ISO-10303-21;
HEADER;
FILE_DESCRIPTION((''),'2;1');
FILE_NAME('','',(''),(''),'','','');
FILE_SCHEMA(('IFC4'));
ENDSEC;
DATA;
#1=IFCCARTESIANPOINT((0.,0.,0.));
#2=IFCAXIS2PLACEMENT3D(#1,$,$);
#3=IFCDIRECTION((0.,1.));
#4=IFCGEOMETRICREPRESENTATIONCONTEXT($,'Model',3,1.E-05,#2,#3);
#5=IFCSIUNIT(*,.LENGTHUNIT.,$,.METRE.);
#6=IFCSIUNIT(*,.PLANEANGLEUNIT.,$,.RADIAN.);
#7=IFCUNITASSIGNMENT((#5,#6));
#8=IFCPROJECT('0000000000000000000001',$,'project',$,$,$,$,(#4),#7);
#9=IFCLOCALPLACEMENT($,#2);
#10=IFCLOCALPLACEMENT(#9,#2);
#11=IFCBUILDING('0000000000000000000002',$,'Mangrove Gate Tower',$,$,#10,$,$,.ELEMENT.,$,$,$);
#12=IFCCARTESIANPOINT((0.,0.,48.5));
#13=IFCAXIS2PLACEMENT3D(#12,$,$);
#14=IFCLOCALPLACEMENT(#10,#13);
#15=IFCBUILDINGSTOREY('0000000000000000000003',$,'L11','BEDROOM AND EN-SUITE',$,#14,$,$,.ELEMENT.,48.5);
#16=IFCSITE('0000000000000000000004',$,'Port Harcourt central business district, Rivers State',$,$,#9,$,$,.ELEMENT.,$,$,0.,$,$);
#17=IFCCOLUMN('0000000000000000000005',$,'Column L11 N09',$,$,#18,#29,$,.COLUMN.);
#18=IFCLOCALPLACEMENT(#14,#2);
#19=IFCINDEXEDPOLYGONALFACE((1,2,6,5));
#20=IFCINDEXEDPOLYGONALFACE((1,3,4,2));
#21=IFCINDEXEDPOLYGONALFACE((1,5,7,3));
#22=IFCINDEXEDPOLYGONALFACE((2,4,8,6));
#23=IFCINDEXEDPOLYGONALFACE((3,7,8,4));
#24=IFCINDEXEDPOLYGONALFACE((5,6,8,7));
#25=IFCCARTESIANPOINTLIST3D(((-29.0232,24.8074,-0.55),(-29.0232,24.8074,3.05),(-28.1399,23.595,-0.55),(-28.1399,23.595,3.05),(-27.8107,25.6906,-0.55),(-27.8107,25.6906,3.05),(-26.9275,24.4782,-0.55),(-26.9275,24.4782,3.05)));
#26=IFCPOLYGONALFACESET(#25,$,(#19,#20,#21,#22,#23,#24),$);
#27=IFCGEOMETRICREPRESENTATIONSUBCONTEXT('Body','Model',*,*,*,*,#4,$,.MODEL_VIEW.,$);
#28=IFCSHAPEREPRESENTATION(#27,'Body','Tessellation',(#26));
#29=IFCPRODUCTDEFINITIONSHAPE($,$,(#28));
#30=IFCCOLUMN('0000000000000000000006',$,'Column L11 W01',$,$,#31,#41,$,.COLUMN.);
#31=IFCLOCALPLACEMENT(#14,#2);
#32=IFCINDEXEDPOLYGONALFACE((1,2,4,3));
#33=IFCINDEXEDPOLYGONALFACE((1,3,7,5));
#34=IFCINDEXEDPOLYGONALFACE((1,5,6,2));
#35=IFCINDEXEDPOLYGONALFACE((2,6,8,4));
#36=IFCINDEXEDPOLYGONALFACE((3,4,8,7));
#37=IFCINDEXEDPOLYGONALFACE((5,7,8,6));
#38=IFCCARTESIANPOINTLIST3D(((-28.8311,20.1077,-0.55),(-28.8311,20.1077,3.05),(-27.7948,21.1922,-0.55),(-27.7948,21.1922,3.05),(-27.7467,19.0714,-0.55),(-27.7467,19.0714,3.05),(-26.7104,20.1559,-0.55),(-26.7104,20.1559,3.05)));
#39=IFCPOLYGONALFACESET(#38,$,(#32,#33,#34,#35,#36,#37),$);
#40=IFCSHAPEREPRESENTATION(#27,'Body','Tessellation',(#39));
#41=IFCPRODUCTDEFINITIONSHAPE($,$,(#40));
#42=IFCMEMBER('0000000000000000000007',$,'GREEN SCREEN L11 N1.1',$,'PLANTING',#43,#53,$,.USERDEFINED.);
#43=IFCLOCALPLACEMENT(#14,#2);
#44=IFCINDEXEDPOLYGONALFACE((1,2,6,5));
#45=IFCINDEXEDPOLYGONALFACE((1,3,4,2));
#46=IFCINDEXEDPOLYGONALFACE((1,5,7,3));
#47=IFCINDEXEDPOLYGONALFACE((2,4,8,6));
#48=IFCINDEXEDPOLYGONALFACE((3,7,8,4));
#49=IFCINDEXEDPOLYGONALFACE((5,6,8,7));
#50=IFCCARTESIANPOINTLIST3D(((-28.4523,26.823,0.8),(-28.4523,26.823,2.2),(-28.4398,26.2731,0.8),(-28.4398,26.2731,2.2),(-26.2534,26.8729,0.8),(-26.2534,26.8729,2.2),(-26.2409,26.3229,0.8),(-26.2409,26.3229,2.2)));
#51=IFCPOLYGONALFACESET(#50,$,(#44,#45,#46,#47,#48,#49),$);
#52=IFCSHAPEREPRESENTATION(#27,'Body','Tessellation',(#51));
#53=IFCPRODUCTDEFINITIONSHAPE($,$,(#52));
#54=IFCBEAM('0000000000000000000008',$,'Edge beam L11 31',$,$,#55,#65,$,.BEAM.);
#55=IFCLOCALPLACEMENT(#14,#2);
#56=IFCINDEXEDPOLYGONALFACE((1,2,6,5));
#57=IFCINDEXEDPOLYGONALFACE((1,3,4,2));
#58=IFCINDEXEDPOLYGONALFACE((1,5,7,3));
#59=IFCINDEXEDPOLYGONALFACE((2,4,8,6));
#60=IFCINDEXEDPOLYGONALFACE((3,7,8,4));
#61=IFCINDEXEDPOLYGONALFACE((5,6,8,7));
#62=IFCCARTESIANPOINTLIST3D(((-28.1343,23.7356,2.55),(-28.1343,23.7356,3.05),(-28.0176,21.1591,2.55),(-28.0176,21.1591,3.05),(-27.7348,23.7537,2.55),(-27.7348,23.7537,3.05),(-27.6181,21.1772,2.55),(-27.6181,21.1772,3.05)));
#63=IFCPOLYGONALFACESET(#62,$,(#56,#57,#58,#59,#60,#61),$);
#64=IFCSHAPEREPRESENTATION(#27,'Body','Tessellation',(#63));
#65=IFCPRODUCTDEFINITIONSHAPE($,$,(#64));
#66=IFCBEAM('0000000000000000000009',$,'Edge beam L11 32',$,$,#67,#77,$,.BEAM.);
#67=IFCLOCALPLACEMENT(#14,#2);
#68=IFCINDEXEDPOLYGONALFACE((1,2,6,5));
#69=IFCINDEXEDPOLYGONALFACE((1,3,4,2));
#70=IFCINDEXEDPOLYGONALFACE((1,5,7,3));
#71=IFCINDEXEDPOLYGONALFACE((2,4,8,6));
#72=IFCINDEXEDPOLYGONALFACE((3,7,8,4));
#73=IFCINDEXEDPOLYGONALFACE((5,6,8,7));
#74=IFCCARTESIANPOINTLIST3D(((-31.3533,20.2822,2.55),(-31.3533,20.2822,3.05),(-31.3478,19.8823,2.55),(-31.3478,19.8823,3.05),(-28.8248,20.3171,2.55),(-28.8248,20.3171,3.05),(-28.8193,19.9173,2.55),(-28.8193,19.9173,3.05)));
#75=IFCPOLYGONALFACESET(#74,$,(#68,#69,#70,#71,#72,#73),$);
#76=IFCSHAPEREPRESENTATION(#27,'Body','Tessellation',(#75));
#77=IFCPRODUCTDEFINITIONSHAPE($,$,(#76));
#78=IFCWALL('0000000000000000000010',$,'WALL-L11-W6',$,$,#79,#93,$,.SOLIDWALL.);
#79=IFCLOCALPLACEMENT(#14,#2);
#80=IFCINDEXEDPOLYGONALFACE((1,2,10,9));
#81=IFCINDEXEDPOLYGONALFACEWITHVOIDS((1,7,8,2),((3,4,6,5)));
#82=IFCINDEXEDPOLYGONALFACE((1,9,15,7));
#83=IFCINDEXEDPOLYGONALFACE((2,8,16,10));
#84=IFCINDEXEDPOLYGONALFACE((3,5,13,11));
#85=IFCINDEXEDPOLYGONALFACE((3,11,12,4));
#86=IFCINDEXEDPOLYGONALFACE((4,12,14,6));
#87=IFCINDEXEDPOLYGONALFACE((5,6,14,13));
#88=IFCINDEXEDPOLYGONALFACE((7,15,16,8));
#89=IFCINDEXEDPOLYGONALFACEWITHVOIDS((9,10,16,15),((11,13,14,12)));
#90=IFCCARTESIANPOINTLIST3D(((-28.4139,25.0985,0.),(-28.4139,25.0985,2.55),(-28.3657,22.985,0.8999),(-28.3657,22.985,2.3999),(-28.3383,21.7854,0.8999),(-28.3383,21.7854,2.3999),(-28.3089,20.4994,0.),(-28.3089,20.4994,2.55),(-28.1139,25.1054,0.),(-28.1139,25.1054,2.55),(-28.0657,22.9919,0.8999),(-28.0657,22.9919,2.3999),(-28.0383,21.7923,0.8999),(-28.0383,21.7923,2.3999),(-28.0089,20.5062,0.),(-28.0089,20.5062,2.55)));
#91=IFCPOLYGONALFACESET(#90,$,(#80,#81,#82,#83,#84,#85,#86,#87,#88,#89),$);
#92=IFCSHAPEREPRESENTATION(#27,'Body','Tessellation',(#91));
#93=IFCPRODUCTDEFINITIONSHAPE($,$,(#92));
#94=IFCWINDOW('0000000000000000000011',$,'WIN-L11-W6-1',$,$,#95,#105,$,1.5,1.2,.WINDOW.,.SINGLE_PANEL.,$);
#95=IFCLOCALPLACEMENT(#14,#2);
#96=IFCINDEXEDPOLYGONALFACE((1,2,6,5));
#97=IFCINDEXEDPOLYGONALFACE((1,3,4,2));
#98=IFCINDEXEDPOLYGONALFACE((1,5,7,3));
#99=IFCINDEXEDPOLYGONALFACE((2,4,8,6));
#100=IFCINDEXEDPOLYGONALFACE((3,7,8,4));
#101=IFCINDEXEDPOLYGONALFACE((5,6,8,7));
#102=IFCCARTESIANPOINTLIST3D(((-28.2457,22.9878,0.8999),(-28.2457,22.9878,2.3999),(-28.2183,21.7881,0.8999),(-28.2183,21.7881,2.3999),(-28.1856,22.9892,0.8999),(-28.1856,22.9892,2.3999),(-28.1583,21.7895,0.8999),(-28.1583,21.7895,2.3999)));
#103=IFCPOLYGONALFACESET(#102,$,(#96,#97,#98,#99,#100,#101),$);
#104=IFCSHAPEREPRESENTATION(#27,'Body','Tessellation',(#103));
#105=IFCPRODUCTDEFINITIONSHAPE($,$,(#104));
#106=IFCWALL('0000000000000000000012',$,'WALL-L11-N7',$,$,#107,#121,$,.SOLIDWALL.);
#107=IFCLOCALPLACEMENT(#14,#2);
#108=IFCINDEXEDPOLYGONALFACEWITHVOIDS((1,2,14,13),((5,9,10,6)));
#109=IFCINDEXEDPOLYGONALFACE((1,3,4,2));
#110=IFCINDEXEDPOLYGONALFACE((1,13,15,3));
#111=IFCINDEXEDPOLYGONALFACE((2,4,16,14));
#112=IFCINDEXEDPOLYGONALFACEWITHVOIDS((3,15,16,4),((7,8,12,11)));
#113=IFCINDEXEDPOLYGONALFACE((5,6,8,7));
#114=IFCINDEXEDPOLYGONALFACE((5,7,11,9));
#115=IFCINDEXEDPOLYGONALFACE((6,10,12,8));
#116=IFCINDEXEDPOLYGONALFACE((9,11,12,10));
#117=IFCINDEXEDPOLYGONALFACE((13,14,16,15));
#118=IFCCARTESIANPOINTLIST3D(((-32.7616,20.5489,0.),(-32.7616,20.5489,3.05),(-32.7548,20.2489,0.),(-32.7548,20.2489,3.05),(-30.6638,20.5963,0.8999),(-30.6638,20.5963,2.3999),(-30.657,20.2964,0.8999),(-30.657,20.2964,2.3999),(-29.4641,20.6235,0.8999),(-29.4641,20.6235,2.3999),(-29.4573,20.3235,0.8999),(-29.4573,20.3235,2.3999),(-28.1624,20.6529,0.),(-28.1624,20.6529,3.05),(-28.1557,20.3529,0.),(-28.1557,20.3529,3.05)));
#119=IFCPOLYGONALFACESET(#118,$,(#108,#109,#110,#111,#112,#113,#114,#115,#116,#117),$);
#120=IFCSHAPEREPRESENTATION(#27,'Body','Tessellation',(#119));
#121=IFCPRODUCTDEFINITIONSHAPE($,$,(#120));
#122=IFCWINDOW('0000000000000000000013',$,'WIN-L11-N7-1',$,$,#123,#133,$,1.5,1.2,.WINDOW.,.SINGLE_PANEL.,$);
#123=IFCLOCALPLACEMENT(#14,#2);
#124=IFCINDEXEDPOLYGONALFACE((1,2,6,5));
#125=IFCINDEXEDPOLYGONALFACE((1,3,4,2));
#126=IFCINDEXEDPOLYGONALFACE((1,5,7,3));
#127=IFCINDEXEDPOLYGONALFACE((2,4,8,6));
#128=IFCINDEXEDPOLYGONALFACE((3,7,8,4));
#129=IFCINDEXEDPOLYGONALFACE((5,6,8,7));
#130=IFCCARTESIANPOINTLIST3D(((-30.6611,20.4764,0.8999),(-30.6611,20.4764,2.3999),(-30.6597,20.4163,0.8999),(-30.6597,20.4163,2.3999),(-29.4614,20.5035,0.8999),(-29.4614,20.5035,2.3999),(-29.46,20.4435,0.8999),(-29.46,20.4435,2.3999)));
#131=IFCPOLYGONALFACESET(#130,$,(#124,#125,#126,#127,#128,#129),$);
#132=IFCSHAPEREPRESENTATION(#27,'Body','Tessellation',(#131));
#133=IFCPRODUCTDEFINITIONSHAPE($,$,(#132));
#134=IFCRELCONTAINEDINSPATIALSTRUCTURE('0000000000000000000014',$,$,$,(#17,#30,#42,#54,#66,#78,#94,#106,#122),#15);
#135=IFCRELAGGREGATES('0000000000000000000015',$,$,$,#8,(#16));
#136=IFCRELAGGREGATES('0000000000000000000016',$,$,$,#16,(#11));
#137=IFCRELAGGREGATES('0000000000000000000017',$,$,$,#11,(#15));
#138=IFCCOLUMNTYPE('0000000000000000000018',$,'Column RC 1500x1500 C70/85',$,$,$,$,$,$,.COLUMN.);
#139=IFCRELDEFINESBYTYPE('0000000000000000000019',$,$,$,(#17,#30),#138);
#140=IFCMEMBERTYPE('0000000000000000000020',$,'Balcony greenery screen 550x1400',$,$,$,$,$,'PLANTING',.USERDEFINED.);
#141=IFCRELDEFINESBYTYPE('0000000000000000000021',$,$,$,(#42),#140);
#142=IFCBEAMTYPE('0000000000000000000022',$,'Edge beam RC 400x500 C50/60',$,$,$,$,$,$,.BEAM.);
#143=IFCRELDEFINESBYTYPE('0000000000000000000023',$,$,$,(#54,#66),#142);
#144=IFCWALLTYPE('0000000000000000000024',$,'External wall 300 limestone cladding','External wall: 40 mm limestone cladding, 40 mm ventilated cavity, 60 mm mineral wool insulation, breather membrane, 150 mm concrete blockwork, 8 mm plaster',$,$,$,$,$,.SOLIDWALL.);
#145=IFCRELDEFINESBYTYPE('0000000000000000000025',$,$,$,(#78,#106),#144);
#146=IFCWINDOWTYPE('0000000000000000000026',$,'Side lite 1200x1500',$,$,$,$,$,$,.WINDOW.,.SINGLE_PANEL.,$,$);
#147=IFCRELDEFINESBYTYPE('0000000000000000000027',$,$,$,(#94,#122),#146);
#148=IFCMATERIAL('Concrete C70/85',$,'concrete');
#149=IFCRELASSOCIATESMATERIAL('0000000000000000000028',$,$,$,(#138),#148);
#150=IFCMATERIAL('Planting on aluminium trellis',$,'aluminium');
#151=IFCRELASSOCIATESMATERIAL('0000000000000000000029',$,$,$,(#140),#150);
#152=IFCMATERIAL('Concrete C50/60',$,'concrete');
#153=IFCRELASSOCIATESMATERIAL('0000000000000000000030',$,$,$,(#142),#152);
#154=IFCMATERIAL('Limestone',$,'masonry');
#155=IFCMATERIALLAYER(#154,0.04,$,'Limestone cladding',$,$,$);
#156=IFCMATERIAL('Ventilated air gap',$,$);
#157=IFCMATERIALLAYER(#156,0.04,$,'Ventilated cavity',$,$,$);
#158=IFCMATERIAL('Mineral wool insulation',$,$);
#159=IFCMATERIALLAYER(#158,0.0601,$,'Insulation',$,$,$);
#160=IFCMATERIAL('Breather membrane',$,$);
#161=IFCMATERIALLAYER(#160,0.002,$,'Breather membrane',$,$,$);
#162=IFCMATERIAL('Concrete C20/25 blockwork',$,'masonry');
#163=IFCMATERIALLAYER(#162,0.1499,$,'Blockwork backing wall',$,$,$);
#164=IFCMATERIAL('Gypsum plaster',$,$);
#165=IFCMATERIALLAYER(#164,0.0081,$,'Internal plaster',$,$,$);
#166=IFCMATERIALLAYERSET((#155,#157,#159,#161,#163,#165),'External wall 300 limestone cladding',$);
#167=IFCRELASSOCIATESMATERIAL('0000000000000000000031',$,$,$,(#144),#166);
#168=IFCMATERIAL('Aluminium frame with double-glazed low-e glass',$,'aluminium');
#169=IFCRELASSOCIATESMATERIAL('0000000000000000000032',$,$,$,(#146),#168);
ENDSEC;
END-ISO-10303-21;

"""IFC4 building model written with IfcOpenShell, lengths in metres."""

from ifc_helpers import new_model, si_unit, direction, frame, frame_2d, origin, origin_2d, place, context, subcontext, project, spatial, rectangle, extrude, material, layer, layer_set, material_profile, profile_set, type_object, element, fill, save


model = new_model("IFC4")

# Units and contexts
model_context = context("Model", 3, precision=1e-05, world=origin(), true_north=direction((0.0, 1.0)))
body_context = subcontext(model_context, "Body", "Model", "MODEL_VIEW")
ifc_project = project(units=[si_unit("LENGTHUNIT", "METRE"), si_unit("PLANEANGLEUNIT", "RADIAN")], contexts=[model_context])

# Site, building, storey
site_placement = place(None, origin())
site = spatial("IfcSite", under=ifc_project, at=site_placement, Name="Port Harcourt central business district, Rivers State", CompositionType="ELEMENT", RefElevation=0.0)
building_placement = place(site_placement, origin())
building = spatial("IfcBuilding", under=site, at=building_placement, Name="Mangrove Gate Tower", CompositionType="ELEMENT")
storey_placement = place(building_placement, frame((0.0, 0.0, 48.5)))
storey = spatial("IfcBuildingStorey", under=building, at=storey_placement, Name="L11", Description="BEDROOM AND EN-SUITE", CompositionType="ELEMENT", Elevation=48.5)

# Columns
ifc_material_1 = material(Name="Concrete C70/85", Category="concrete")
ifc_material_profile_1 = material_profile(ifc_material_1, rectangle(XDim=1.5, YDim=1.5, at=origin_2d()))
ifc_profile_set_1 = profile_set([ifc_material_profile_1], Name="Concrete C70/85")
column_type = type_object("IfcColumnType", Name="Column RC 1500x1500 C70/85", PredefinedType="COLUMN", material=ifc_profile_set_1)
for number, where, z_axis, x_axis, name in (
    (1, (-27.9753, 24.6428, -0.55), (0.0, 0.0, 1.0), (-0.808269, -0.588813, 0.0), "Column L11 N09"),
    (2, (-27.7708, 20.1318, -0.55), (0.0, 0.0, 1.0), (-0.690863, -0.722986, 0.0), "Column L11 W01"),
):
    element("IfcColumn", number, at=place(storey_placement, frame(where, z_axis=z_axis, x_axis=x_axis)), inside=storey, type_object=column_type, Name=name, PredefinedType="COLUMN", context=body_context, shape_type="SweptSolid", body=[
        extrude(rectangle(XDim=1.5, YDim=1.5, at=origin_2d()), origin(), (0.0, 0.0, 1.0), 3.6001),
    ])

# Member
ifc_material_2 = material(Name="Planting on aluminium trellis", Category="aluminium")
ifc_material_profile_2 = material_profile(ifc_material_2, rectangle(XDim=0.55, YDim=1.3999, at=origin_2d()))
ifc_profile_set_2 = profile_set([ifc_material_profile_2], Name="Planting on aluminium trellis")
member_type = type_object("IfcMemberType", Name="Balcony greenery screen 550x1400", ElementType="PLANTING", PredefinedType="USERDEFINED", material=ifc_profile_set_2)
member_placement = place(storey_placement, frame((-28.446, 26.5481, 1.5), z_axis=(0.999744, 0.022643, 0.0), x_axis=(-0.022643, 0.999744, 0.0)))
element("IfcMember", 3, at=member_placement, inside=storey, type_object=member_type, Name="GREEN SCREEN L11 N1.1", ObjectType="PLANTING", PredefinedType="USERDEFINED", context=body_context, shape_type="SweptSolid", body=[
    extrude(rectangle(XDim=0.55, YDim=1.3999, at=origin_2d()), origin(), (0.0, 0.0, 1.0), 2.1995),
])

# Beams
ifc_material_3 = material(Name="Concrete C50/60", Category="concrete")
ifc_material_profile_3 = material_profile(ifc_material_3, rectangle(XDim=0.3999, YDim=0.5, at=origin_2d()))
ifc_profile_set_3 = profile_set([ifc_material_profile_3], Name="Concrete C50/60")
beam_type = type_object("IfcBeamType", Name="Edge beam RC 400x500 C50/60", PredefinedType="BEAM", material=ifc_profile_set_3)
beam_1_placement = place(storey_placement, frame((-27.9346, 23.7446, 2.8), z_axis=(0.045249, -0.998976, 0.0), x_axis=(0.998976, 0.045249, 0.0)))
element("IfcBeam", 4, at=beam_1_placement, inside=storey, type_object=beam_type, Name="Edge beam L11 31", PredefinedType="BEAM", context=body_context, shape_type="SweptSolid", body=[
    extrude(rectangle(XDim=0.3999, YDim=0.5, at=origin_2d()), origin(), (0.0, 0.0, 1.0), 2.5791),
])
beam_2_placement = place(storey_placement, frame((-28.822, 20.1172, 2.8), z_axis=(-0.999905, -0.013806, 0.0), x_axis=(0.013806, -0.999905, 0.0)))
element("IfcBeam", 5, at=beam_2_placement, inside=storey, type_object=beam_type, Name="Edge beam L11 32", PredefinedType="BEAM", context=body_context, shape_type="SweptSolid", body=[
    extrude(rectangle(XDim=0.3999, YDim=0.5, at=origin_2d()), origin(), (0.0, 0.0, 1.0), 2.5288),
])

# Walls, openings, windows
ifc_material_4 = material(Name="Limestone", Category="masonry")
ifc_layer_1 = layer(ifc_material_4, 0.04, Name="Limestone cladding")
ifc_material_5 = material(Name="Ventilated air gap")
ifc_layer_2 = layer(ifc_material_5, 0.04, Name="Ventilated cavity")
ifc_material_6 = material(Name="Mineral wool insulation")
ifc_layer_3 = layer(ifc_material_6, 0.0601, Name="Insulation")
ifc_material_7 = material(Name="Breather membrane")
ifc_layer_4 = layer(ifc_material_7, 0.002, Name="Breather membrane")
ifc_material_8 = material(Name="Concrete C20/25 blockwork", Category="masonry")
ifc_layer_5 = layer(ifc_material_8, 0.1499, Name="Blockwork backing wall")
ifc_material_9 = material(Name="Gypsum plaster")
ifc_layer_6 = layer(ifc_material_9, 0.0081, Name="Internal plaster")
ifc_layer_set_1 = layer_set([ifc_layer_1, ifc_layer_2, ifc_layer_3, ifc_layer_4, ifc_layer_5, ifc_layer_6], Name="External wall 300 limestone cladding")
wall_type_1 = type_object("IfcWallType", Name="External wall 300 limestone cladding", Description="External wall: 40 mm limestone cladding, 40 mm ventilated cavity, 60 mm mineral wool insulation, breather membrane, 150 mm concrete blockwork, 8 mm plaster", PredefinedType="SOLIDWALL", material=ifc_layer_set_1)
wall_1_placement = place(storey_placement, frame((-28.2639, 25.1021, 0.0), z_axis=(0.0, 0.0, 1.0), x_axis=(0.02282, -0.99974, 0.0)))
wall_1 = element("IfcWall", 6, at=wall_1_placement, inside=storey, type_object=wall_type_1, Name="WALL-L11-W6", PredefinedType="SOLIDWALL", context=body_context, shape_type="SweptSolid", body=[
    extrude(rectangle(XDim=4.6003, YDim=0.3, at=frame_2d((2.3003, 0.0))), origin(), (0.0, 0.0, 1.0), 2.55),
])
opening_1_placement = place(wall_1_placement, frame((2.114, 0.0, 0.8999)))
opening_1 = element("IfcOpeningElement", 7, at=opening_1_placement, cuts=wall_1, PredefinedType="OPENING", context=body_context, shape_type="SweptSolid", body=[
    extrude(rectangle(XDim=1.2, YDim=1.5, at=frame_2d((0.6001, 0.75))), frame((0.0, 0.1599, 0.0), z_axis=(0.0, -1.0, 0.0), x_axis=(1.0, 0.0, 0.0)), (0.0, 0.0, 1.0), 0.3201),
])
ifc_material_10 = material(Name="Aluminium frame with double-glazed low-e glass", Category="aluminium")
window_type_1 = type_object("IfcWindowType", Name="Side lite 1200x1500", PartitioningType="SINGLE_PANEL", PredefinedType="WINDOW", material=ifc_material_10)
window_1_placement = place(opening_1_placement, origin())
window_1 = element("IfcWindow", 8, at=window_1_placement, inside=storey, type_object=window_type_1, Name="WIN-L11-W6-1", OverallHeight=1.5, OverallWidth=1.2, PartitioningType="SINGLE_PANEL", PredefinedType="WINDOW", context=body_context, shape_type="SweptSolid", body=[
    extrude(rectangle(XDim=1.2, YDim=1.5, at=frame_2d((0.6001, 0.75))), frame((0.0, 0.03, 0.0), z_axis=(0.0, -1.0, 0.0), x_axis=(1.0, 0.0, 0.0)), (0.0, 0.0, 1.0), 0.0601),
])
fill(opening_1, window_1)
wall_2_placement = place(storey_placement, frame((-28.1589, 20.5029, 0.0), z_axis=(0.0, 0.0, 1.0), x_axis=(-0.999744, -0.022608, 0.0)))
wall_2 = element("IfcWall", 9, at=wall_2_placement, inside=storey, type_object=wall_type_1, Name="WALL-L11-N7", PredefinedType="SOLIDWALL", context=body_context, shape_type="SweptSolid", body=[
    extrude(rectangle(XDim=4.6003, YDim=0.3, at=frame_2d((2.3003, 0.0))), origin(), (0.0, 0.0, 1.0), 3.05),
])
opening_2_placement = place(wall_2_placement, frame((1.302, 0.0, 0.8999)))
opening_2 = element("IfcOpeningElement", 10, at=opening_2_placement, cuts=wall_2, PredefinedType="OPENING", context=body_context, shape_type="SweptSolid", body=[
    extrude(rectangle(XDim=1.2, YDim=1.5, at=frame_2d((0.6001, 0.75))), frame((0.0, 0.1599, 0.0), z_axis=(0.0, -1.0, 0.0), x_axis=(1.0, 0.0, 0.0)), (0.0, 0.0, 1.0), 0.3201),
])
window_2_placement = place(opening_2_placement, origin())
window_2 = element("IfcWindow", 11, at=window_2_placement, inside=storey, type_object=window_type_1, Name="WIN-L11-N7-1", OverallHeight=1.5, OverallWidth=1.2, PartitioningType="SINGLE_PANEL", PredefinedType="WINDOW", context=body_context, shape_type="SweptSolid", body=[
    extrude(rectangle(XDim=1.2, YDim=1.5, at=frame_2d((0.6001, 0.75))), frame((0.0, 0.03, 0.0), z_axis=(0.0, -1.0, 0.0), x_axis=(1.0, 0.0, 0.0)), (0.0, 0.0, 1.0), 0.0601),
])
fill(opening_2, window_2)

save(model, "model.ifc")
